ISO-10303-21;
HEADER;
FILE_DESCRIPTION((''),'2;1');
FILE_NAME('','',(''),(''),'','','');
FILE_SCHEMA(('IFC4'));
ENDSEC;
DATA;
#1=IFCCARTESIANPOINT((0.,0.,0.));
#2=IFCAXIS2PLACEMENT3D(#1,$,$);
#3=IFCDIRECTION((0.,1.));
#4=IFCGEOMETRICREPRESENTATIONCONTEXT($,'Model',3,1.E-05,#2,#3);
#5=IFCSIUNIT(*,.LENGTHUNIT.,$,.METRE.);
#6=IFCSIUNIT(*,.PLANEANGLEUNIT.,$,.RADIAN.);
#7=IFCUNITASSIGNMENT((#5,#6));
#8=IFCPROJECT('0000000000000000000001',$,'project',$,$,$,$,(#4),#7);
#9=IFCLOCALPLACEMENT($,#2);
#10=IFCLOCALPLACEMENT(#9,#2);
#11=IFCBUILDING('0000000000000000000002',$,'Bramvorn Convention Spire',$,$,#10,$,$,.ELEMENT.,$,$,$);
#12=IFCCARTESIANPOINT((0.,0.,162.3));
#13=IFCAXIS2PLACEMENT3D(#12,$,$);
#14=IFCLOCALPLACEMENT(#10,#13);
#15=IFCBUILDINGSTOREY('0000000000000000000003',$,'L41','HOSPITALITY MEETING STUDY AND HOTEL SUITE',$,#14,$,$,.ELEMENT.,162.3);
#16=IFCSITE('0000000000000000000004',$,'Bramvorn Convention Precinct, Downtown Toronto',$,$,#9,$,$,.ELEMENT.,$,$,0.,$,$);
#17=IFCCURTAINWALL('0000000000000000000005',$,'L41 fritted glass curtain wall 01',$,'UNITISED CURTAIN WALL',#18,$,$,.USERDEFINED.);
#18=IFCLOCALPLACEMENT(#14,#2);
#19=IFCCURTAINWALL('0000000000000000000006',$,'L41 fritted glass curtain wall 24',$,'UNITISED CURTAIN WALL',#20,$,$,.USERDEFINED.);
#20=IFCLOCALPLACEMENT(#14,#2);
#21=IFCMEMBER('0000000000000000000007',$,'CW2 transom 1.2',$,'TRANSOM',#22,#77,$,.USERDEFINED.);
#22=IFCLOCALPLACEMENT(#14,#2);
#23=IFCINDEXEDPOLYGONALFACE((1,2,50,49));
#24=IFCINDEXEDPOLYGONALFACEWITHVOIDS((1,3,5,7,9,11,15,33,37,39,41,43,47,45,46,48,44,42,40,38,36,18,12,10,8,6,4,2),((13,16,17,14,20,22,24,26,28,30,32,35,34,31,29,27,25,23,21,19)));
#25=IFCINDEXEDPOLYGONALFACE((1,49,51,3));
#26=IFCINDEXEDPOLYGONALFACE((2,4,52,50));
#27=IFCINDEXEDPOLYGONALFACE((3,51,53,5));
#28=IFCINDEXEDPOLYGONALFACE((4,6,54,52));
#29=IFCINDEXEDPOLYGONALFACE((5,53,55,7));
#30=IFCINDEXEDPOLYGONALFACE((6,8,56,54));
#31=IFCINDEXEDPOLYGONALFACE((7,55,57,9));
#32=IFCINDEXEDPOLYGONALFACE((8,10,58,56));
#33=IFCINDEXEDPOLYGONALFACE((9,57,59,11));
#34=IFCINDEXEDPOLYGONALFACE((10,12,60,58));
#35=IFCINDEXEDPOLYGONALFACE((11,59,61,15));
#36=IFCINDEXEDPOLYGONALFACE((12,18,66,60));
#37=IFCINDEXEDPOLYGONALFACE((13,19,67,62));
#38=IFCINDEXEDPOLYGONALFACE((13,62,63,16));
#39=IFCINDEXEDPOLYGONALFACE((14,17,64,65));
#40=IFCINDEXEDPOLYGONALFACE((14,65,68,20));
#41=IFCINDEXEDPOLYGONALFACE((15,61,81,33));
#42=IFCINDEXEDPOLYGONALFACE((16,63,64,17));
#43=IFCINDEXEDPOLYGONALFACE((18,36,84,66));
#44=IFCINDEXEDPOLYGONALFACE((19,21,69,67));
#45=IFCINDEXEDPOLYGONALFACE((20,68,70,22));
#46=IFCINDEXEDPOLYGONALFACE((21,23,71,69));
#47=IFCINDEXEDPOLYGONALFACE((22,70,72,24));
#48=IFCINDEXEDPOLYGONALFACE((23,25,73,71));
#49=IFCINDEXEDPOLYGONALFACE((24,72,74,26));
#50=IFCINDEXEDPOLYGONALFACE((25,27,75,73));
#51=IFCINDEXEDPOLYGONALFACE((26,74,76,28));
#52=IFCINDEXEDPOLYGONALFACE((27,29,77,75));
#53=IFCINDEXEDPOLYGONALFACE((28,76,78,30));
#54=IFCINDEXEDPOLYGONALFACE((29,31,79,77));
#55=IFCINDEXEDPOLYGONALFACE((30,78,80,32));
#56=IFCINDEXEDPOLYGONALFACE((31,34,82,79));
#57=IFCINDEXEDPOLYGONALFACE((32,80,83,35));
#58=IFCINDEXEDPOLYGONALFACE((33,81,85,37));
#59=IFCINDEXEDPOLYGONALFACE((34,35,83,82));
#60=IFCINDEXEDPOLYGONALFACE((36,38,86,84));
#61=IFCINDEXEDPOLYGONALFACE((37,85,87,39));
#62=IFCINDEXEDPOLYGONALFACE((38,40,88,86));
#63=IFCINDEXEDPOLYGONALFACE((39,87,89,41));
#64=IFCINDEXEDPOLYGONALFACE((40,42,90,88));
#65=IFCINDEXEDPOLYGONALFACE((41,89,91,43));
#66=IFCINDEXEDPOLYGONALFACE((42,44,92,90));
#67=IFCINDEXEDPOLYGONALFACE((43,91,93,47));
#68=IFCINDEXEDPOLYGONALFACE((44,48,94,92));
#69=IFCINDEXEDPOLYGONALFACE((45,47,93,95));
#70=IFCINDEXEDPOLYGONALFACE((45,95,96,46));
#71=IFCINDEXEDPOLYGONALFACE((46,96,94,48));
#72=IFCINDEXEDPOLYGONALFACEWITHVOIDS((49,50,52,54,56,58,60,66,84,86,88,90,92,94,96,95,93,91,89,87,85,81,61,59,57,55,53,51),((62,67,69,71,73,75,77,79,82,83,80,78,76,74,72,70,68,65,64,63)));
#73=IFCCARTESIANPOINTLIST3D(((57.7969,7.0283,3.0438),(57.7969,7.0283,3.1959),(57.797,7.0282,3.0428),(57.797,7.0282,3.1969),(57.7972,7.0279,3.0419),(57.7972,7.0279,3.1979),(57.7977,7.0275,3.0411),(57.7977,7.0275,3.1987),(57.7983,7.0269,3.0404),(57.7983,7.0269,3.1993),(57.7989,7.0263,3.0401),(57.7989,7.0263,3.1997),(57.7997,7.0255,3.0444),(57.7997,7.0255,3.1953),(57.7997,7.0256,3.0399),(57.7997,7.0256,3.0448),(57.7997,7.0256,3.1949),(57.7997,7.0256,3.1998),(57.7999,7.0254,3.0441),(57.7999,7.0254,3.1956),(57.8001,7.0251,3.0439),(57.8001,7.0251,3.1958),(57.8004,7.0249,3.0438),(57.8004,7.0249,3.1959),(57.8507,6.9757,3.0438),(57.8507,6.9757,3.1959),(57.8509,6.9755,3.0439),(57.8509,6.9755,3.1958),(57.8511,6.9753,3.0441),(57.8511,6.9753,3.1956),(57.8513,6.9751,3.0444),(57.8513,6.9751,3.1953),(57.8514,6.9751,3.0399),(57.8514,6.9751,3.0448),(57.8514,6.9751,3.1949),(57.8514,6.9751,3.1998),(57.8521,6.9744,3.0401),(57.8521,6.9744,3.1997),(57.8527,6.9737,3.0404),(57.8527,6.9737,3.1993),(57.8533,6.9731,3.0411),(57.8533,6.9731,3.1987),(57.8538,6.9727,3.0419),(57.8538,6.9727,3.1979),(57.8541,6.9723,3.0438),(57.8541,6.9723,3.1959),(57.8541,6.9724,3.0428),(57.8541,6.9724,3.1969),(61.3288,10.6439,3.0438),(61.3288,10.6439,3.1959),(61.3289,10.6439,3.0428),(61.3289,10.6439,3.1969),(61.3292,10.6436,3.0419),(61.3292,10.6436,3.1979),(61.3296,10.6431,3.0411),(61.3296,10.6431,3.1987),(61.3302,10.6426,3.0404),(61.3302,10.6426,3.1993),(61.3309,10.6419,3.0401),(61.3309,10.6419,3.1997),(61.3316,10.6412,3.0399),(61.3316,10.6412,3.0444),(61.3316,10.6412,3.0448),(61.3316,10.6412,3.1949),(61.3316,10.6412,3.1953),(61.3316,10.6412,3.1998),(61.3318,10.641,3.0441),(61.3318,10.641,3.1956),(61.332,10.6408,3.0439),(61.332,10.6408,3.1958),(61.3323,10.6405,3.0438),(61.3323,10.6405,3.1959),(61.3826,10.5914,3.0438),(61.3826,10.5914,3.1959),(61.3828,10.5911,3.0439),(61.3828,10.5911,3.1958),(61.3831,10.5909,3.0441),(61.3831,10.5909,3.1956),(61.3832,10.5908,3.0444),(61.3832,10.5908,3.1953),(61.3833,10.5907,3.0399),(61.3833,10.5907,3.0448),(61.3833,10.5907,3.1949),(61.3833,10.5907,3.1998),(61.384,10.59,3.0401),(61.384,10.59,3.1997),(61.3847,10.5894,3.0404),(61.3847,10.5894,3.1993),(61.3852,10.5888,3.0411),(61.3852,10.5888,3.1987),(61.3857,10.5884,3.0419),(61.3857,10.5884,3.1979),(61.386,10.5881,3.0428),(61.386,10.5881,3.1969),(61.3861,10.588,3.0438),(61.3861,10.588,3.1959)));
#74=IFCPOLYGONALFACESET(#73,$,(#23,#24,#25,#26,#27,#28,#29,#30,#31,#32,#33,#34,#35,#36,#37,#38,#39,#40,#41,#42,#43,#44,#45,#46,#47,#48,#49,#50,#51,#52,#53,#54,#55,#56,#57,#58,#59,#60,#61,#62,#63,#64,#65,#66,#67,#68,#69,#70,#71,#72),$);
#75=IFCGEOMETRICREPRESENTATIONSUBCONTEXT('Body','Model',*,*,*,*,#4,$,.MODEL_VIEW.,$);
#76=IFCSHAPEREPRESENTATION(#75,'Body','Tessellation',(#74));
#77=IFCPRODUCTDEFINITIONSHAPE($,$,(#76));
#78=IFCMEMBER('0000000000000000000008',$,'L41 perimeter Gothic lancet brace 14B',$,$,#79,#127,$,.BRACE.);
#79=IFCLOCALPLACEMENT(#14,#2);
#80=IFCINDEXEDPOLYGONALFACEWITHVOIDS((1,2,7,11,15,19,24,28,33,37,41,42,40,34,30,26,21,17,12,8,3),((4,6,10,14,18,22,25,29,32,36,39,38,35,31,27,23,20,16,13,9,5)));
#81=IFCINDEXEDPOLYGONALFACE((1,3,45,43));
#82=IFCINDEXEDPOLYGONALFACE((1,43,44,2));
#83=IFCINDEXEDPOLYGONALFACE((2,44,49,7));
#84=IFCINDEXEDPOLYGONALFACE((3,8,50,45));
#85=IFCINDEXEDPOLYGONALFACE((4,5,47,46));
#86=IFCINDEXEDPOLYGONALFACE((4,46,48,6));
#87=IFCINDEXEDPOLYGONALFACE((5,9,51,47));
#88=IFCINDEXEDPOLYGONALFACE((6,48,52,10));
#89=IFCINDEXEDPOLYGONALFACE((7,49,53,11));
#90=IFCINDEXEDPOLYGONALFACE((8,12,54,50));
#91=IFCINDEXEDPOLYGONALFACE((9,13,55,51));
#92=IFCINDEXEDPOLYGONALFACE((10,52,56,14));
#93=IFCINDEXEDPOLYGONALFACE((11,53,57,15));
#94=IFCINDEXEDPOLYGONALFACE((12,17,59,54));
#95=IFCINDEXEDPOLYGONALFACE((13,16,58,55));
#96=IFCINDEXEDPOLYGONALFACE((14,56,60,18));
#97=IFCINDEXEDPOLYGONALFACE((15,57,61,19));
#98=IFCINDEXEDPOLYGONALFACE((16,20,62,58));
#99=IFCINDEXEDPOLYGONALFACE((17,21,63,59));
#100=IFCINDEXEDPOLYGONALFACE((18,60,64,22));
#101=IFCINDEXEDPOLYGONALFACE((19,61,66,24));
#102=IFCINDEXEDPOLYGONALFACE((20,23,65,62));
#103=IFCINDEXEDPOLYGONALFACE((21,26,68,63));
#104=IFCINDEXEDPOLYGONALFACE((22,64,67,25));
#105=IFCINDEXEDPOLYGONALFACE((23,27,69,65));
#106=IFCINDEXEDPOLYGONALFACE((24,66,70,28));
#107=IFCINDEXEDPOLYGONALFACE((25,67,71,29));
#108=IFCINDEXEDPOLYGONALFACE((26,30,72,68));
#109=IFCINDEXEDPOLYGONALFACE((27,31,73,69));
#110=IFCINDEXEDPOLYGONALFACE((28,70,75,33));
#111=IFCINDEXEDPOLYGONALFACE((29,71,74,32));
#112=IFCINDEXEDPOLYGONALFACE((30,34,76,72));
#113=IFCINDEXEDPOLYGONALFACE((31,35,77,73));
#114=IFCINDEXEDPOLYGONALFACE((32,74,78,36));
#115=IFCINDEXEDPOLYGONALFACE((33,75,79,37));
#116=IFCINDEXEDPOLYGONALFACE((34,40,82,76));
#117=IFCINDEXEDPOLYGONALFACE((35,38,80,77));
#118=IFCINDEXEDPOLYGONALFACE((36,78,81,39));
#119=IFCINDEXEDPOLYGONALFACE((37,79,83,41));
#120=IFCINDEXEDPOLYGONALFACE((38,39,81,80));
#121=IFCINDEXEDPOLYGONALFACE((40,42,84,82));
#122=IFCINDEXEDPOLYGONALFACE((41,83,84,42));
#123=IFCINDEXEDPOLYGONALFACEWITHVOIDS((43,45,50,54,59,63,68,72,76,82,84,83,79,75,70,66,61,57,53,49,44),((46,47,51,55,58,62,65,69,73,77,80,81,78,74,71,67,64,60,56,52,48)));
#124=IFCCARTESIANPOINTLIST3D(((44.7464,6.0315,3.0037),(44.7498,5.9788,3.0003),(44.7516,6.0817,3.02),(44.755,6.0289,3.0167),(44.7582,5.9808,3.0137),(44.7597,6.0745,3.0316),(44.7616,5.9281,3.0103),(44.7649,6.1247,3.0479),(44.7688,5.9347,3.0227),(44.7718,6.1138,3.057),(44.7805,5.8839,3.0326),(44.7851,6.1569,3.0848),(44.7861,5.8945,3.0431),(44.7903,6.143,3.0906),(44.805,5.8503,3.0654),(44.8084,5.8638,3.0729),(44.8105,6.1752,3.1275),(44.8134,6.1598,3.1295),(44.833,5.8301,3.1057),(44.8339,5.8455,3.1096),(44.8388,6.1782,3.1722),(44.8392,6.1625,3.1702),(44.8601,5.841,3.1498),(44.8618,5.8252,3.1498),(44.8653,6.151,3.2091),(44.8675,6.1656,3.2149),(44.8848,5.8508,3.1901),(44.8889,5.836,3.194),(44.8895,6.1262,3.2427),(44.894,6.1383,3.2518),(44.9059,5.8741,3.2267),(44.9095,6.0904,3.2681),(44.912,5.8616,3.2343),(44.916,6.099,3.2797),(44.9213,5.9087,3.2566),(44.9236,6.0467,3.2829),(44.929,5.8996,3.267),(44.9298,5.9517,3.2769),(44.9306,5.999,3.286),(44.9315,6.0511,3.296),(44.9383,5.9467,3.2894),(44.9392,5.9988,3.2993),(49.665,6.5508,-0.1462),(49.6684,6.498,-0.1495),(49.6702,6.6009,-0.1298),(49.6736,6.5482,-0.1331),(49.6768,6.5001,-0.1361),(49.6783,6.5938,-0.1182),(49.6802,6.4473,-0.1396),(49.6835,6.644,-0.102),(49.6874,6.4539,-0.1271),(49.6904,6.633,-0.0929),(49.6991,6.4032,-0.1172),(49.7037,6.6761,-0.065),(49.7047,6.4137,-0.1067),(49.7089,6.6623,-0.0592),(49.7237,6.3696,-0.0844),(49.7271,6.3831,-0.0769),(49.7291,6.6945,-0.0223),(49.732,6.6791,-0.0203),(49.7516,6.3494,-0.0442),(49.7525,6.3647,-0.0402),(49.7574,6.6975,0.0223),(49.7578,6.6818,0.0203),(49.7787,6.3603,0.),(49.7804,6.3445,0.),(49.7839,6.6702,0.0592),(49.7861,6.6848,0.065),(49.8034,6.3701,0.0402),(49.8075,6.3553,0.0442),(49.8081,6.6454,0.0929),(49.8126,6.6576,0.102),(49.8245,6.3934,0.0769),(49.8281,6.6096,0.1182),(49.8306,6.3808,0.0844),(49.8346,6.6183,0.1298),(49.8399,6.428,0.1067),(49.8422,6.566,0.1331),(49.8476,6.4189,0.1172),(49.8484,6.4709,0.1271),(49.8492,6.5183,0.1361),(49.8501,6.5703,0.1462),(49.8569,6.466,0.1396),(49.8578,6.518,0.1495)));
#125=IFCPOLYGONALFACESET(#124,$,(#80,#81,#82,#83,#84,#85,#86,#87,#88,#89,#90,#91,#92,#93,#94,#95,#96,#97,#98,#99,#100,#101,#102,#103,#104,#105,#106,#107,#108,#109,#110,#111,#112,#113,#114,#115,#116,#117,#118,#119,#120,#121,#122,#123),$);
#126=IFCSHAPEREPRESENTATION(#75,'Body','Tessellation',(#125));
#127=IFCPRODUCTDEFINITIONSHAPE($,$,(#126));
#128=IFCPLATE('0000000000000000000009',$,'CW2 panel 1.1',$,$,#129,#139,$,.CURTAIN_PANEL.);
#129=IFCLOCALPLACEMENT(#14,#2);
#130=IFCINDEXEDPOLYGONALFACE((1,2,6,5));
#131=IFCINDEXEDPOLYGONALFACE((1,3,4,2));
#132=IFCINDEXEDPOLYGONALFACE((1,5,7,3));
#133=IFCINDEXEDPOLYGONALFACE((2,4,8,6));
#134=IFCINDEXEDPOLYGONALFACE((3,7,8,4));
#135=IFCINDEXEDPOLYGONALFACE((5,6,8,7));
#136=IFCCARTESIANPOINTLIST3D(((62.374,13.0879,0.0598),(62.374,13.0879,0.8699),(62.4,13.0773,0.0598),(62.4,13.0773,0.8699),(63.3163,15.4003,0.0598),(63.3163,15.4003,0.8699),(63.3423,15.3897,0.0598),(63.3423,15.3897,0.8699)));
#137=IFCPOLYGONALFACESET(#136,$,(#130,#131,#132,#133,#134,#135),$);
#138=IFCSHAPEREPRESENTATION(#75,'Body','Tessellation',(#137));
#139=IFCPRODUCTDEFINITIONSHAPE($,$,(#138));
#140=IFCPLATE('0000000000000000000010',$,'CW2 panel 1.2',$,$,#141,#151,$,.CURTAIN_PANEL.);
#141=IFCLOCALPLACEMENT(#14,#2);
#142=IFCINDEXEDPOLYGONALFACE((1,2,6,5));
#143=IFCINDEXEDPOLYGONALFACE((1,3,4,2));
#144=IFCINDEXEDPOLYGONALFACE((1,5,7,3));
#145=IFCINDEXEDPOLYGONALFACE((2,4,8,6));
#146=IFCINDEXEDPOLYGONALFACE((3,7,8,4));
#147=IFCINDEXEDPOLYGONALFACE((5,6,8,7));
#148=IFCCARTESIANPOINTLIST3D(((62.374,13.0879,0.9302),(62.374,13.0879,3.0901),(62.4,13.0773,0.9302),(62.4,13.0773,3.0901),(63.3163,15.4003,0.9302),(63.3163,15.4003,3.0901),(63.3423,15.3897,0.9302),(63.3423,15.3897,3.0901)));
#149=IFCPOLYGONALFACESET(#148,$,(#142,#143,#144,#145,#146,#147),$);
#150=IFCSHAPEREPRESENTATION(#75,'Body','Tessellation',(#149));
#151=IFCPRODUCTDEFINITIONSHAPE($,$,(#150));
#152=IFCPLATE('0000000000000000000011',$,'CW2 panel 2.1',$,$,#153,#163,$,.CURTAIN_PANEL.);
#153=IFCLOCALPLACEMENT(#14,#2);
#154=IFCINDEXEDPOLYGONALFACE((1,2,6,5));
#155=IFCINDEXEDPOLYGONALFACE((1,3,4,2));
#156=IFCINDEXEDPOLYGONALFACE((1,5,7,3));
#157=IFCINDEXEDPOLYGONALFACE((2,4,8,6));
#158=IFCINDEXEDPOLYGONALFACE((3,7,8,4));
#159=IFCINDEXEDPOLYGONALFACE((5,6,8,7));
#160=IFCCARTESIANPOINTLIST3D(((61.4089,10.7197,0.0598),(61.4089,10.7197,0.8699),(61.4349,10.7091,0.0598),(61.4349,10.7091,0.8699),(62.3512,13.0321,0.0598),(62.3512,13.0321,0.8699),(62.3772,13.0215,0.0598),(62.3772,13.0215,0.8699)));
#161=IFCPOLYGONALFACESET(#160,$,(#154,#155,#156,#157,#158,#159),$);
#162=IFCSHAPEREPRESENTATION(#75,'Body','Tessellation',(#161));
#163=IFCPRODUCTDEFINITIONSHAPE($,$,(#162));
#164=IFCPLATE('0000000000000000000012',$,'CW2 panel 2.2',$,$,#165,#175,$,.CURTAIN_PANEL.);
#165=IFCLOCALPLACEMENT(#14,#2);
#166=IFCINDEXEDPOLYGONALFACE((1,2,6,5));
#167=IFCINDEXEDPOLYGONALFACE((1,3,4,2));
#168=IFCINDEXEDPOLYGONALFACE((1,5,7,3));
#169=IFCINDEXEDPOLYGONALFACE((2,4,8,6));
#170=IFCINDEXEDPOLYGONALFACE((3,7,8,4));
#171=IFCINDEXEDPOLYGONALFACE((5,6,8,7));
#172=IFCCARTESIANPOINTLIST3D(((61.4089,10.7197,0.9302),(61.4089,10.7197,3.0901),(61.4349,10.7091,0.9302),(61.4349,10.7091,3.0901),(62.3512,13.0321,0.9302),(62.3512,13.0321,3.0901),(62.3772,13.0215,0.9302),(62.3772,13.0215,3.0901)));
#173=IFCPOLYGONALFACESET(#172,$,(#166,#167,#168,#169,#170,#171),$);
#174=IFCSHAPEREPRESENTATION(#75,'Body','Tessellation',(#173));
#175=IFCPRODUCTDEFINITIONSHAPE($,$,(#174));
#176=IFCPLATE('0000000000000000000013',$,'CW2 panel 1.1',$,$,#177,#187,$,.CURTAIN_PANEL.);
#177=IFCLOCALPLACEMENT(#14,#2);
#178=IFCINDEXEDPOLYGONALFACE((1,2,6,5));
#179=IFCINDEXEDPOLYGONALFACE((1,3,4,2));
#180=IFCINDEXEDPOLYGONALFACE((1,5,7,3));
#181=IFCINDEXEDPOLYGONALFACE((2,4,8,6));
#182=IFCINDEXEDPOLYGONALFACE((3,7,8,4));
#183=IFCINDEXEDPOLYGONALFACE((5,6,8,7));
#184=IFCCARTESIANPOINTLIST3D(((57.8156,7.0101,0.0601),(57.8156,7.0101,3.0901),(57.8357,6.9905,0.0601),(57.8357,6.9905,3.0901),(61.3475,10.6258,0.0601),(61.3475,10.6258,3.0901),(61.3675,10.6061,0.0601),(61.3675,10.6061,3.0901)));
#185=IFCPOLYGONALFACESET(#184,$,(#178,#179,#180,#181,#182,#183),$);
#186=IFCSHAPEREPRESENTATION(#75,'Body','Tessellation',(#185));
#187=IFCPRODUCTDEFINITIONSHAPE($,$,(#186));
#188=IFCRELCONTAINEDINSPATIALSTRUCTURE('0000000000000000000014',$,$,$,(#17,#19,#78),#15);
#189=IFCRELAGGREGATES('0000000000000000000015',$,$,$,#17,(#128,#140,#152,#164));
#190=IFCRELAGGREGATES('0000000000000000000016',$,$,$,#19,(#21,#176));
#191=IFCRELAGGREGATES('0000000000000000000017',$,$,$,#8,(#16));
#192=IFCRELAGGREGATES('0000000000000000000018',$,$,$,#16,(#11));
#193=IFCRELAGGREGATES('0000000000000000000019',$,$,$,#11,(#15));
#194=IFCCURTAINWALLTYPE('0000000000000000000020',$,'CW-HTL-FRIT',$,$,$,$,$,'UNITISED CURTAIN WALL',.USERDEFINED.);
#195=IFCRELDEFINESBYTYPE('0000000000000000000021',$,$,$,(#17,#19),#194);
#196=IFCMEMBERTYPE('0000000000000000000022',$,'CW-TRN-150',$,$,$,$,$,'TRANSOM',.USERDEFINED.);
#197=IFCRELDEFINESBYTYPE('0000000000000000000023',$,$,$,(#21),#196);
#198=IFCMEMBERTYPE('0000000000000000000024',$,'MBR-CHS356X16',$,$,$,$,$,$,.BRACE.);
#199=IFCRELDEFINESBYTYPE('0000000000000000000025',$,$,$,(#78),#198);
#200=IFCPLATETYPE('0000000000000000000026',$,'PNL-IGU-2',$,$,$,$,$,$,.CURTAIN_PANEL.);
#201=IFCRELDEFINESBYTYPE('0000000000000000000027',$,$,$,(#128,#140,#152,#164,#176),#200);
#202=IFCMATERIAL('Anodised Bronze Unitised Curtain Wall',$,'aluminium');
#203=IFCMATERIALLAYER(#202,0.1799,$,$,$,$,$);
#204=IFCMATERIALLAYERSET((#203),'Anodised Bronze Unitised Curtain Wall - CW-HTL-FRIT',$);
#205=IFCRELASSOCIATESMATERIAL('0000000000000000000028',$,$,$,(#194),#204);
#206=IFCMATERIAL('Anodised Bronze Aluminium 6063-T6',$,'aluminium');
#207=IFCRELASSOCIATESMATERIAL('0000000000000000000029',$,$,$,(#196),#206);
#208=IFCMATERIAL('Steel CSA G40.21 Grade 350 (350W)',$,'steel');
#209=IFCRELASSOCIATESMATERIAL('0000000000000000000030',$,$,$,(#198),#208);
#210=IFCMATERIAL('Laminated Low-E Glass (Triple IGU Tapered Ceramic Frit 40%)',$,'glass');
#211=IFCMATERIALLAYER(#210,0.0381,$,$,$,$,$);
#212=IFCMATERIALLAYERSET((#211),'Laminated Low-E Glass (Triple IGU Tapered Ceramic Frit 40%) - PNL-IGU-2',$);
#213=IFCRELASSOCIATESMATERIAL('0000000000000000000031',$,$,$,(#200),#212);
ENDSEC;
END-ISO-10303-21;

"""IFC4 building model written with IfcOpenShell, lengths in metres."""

from ifc_helpers import new_model, si_unit, direction, frame, origin, origin_2d, place, context, subcontext, project, spatial, rectangle, hollow_rectangle, hollow_circle, extrude, material, layer, layer_set, material_profile, profile_set, type_object, element, aggregate, save


model = new_model("IFC4")

# Units and contexts
model_context = context("Model", 3, precision=1e-05, world=origin(), true_north=direction((0.0, 1.0)))
body_context = subcontext(model_context, "Body", "Model", "MODEL_VIEW")
ifc_project = project(units=[si_unit("LENGTHUNIT", "METRE"), si_unit("PLANEANGLEUNIT", "RADIAN")], contexts=[model_context])

# Site, building, storey
site_placement = place(None, origin())
site = spatial("IfcSite", under=ifc_project, at=site_placement, Name="Bramvorn Convention Precinct, Downtown Toronto", CompositionType="ELEMENT", RefElevation=0.0)
building_placement = place(site_placement, origin())
building = spatial("IfcBuilding", under=site, at=building_placement, Name="Bramvorn Convention Spire", CompositionType="ELEMENT")
storey_placement = place(building_placement, frame((0.0, 0.0, 162.3)))
storey = spatial("IfcBuildingStorey", under=building, at=storey_placement, Name="L41", Description="HOSPITALITY MEETING STUDY AND HOTEL SUITE", CompositionType="ELEMENT", Elevation=162.3)

# Shared definitions
ifc_material_1 = material(Name="Steel CSA G40.21 Grade 350 (350W)", Category="steel")

# Curtain walls
ifc_material_2 = material(Name="Anodised Bronze Unitised Curtain Wall", Category="aluminium")
ifc_layer_1 = layer(ifc_material_2, 0.1799)
ifc_layer_set_1 = layer_set([ifc_layer_1], Name="Anodised Bronze Unitised Curtain Wall - CW-HTL-FRIT")
curtain_wall_type = type_object("IfcCurtainWallType", Name="CW-HTL-FRIT", ElementType="UNITISED CURTAIN WALL", PredefinedType="USERDEFINED", material=ifc_layer_set_1)
curtain_wall_1_placement = place(storey_placement, origin())
curtain_wall_1 = element("IfcCurtainWall", 1, at=curtain_wall_1_placement, inside=storey, type_object=curtain_wall_type, Name="L41 fritted glass curtain wall 01", ObjectType="UNITISED CURTAIN WALL", PredefinedType="USERDEFINED")
ifc_material_3 = material(Name="Anodised Bronze Aluminium 6063-T6", Category="aluminium")
curtain_wall_2_placement = place(storey_placement, origin())
curtain_wall_2 = element("IfcCurtainWall", 2, at=curtain_wall_2_placement, inside=storey, type_object=curtain_wall_type, Name="L41 fritted glass curtain wall 24", ObjectType="UNITISED CURTAIN WALL", PredefinedType="USERDEFINED")

# Members
ifc_material_profile_1 = material_profile(ifc_material_3, hollow_rectangle(XDim=0.0801, YDim=0.1599, WallThickness=0.0039, InnerFilletRadius=0.001, OuterFilletRadius=0.0039, at=origin_2d()))
ifc_profile_set_1 = profile_set([ifc_material_profile_1], Name="Anodised Bronze Aluminium 6063-T6 - CWT80X160")
member_type_1 = type_object("IfcMemberType", Name="CW-TRN-150", ElementType="TRANSOM", PredefinedType="USERDEFINED", material=ifc_profile_set_1)
member_1_placement = place(storey_placement, frame((61.3574, 10.616, 3.1199), z_axis=(-0.698775, -0.715342, 0.0), x_axis=(0.715342, -0.698775, 0.0)))
member_1 = element("IfcMember", 3, at=member_1_placement, type_object=member_type_1, Name="CW2 transom 1.2", ObjectType="TRANSOM", PredefinedType="USERDEFINED", context=body_context, shape_type="SweptSolid", body=[
    extrude(hollow_rectangle(XDim=0.0801, YDim=0.1599, WallThickness=0.0039, InnerFilletRadius=0.001, OuterFilletRadius=0.0039, at=origin_2d()), origin(), (0.0, 0.0, 1.0), 5.0544),
])
ifc_material_profile_2 = material_profile(ifc_material_1, hollow_circle(Radius=0.1777, WallThickness=0.0159, at=origin_2d()))
ifc_profile_set_2 = profile_set([ifc_material_profile_2], Name="Steel CSA G40.21 Grade 350 (350W) - CHS356X16")
member_type_2 = type_object("IfcMemberType", Name="MBR-CHS356X16", PredefinedType="BRACE", material=ifc_profile_set_2)
member_2_placement = place(storey_placement, frame((49.7617, 6.5212, 0.0), z_axis=(-0.838812, -0.088557, 0.53717), x_axis=(0.104991, -0.994473, 0.0)))
element("IfcMember", 4, at=member_2_placement, inside=storey, type_object=member_type_2, Name="L41 perimeter Gothic lancet brace 14B", PredefinedType="BRACE", context=body_context, shape_type="SweptSolid", body=[
    extrude(hollow_circle(Radius=0.1777, WallThickness=0.0159, at=origin_2d()), origin(), (0.0, 0.0, 1.0), 5.8638),
])

# Plates
ifc_material_4 = material(Name="Laminated Low-E Glass (Triple IGU Tapered Ceramic Frit 40%)", Category="glass")
ifc_layer_2 = layer(ifc_material_4, 0.0381)
ifc_layer_set_2 = layer_set([ifc_layer_2], Name="Laminated Low-E Glass (Triple IGU Tapered Ceramic Frit 40%) - PNL-IGU-2")
plate_type = type_object("IfcPlateType", Name="PNL-IGU-2", PredefinedType="CURTAIN_PANEL", material=ifc_layer_set_2)
plate_1_placement = place(storey_placement, frame((62.8582, 14.2388, 0.0598), z_axis=(0.0, 0.0, 1.0), x_axis=(-0.377384, -0.926057, 0.0)))
plate_1 = element("IfcPlate", 5, at=plate_1_placement, type_object=plate_type, Name="CW2 panel 1.1", PredefinedType="CURTAIN_PANEL", context=body_context, shape_type="SweptSolid", body=[
    extrude(rectangle(XDim=2.4971, YDim=0.0281, at=origin_2d()), origin(), (0.0, 0.0, 1.0), 0.8101),
])
plate_2_placement = place(storey_placement, frame((62.8582, 14.2388, 0.9302), z_axis=(0.0, 0.0, 1.0), x_axis=(-0.377384, -0.926057, 0.0)))
plate_2 = element("IfcPlate", 6, at=plate_2_placement, type_object=plate_type, Name="CW2 panel 1.2", PredefinedType="CURTAIN_PANEL", context=body_context, shape_type="SweptSolid", body=[
    extrude(rectangle(XDim=2.4971, YDim=0.0281, at=origin_2d()), origin(), (0.0, 0.0, 1.0), 2.1599),
])
plate_3_placement = place(storey_placement, frame((61.8931, 11.8706, 0.0598), z_axis=(0.0, 0.0, 1.0), x_axis=(-0.377384, -0.926057, 0.0)))
plate_3 = element("IfcPlate", 7, at=plate_3_placement, type_object=plate_type, Name="CW2 panel 2.1", PredefinedType="CURTAIN_PANEL", context=body_context, shape_type="SweptSolid", body=[
    extrude(rectangle(XDim=2.4971, YDim=0.0281, at=origin_2d()), origin(), (0.0, 0.0, 1.0), 0.8101),
])
plate_4_placement = place(storey_placement, frame((61.8931, 11.8706, 0.9302), z_axis=(0.0, 0.0, 1.0), x_axis=(-0.377384, -0.926057, 0.0)))
plate_4 = element("IfcPlate", 8, at=plate_4_placement, type_object=plate_type, Name="CW2 panel 2.2", PredefinedType="CURTAIN_PANEL", context=body_context, shape_type="SweptSolid", body=[
    extrude(rectangle(XDim=2.4971, YDim=0.0281, at=origin_2d()), origin(), (0.0, 0.0, 1.0), 2.1599),
])
aggregate(curtain_wall_1, [plate_1, plate_2, plate_3, plate_4])
plate_5_placement = place(storey_placement, frame((59.5916, 8.8081, 0.0601), z_axis=(0.0, 0.0, 1.0), x_axis=(-0.698767, -0.715349, 0.0)))
plate_5 = element("IfcPlate", 9, at=plate_5_placement, type_object=plate_type, Name="CW2 panel 1.1", PredefinedType="CURTAIN_PANEL", context=body_context, shape_type="SweptSolid", body=[
    extrude(rectangle(XDim=5.0544, YDim=0.0281, at=origin_2d()), origin(), (0.0, 0.0, 1.0), 3.03),
])
aggregate(curtain_wall_2, [member_1, plate_5])

save(model, "model.ifc")
